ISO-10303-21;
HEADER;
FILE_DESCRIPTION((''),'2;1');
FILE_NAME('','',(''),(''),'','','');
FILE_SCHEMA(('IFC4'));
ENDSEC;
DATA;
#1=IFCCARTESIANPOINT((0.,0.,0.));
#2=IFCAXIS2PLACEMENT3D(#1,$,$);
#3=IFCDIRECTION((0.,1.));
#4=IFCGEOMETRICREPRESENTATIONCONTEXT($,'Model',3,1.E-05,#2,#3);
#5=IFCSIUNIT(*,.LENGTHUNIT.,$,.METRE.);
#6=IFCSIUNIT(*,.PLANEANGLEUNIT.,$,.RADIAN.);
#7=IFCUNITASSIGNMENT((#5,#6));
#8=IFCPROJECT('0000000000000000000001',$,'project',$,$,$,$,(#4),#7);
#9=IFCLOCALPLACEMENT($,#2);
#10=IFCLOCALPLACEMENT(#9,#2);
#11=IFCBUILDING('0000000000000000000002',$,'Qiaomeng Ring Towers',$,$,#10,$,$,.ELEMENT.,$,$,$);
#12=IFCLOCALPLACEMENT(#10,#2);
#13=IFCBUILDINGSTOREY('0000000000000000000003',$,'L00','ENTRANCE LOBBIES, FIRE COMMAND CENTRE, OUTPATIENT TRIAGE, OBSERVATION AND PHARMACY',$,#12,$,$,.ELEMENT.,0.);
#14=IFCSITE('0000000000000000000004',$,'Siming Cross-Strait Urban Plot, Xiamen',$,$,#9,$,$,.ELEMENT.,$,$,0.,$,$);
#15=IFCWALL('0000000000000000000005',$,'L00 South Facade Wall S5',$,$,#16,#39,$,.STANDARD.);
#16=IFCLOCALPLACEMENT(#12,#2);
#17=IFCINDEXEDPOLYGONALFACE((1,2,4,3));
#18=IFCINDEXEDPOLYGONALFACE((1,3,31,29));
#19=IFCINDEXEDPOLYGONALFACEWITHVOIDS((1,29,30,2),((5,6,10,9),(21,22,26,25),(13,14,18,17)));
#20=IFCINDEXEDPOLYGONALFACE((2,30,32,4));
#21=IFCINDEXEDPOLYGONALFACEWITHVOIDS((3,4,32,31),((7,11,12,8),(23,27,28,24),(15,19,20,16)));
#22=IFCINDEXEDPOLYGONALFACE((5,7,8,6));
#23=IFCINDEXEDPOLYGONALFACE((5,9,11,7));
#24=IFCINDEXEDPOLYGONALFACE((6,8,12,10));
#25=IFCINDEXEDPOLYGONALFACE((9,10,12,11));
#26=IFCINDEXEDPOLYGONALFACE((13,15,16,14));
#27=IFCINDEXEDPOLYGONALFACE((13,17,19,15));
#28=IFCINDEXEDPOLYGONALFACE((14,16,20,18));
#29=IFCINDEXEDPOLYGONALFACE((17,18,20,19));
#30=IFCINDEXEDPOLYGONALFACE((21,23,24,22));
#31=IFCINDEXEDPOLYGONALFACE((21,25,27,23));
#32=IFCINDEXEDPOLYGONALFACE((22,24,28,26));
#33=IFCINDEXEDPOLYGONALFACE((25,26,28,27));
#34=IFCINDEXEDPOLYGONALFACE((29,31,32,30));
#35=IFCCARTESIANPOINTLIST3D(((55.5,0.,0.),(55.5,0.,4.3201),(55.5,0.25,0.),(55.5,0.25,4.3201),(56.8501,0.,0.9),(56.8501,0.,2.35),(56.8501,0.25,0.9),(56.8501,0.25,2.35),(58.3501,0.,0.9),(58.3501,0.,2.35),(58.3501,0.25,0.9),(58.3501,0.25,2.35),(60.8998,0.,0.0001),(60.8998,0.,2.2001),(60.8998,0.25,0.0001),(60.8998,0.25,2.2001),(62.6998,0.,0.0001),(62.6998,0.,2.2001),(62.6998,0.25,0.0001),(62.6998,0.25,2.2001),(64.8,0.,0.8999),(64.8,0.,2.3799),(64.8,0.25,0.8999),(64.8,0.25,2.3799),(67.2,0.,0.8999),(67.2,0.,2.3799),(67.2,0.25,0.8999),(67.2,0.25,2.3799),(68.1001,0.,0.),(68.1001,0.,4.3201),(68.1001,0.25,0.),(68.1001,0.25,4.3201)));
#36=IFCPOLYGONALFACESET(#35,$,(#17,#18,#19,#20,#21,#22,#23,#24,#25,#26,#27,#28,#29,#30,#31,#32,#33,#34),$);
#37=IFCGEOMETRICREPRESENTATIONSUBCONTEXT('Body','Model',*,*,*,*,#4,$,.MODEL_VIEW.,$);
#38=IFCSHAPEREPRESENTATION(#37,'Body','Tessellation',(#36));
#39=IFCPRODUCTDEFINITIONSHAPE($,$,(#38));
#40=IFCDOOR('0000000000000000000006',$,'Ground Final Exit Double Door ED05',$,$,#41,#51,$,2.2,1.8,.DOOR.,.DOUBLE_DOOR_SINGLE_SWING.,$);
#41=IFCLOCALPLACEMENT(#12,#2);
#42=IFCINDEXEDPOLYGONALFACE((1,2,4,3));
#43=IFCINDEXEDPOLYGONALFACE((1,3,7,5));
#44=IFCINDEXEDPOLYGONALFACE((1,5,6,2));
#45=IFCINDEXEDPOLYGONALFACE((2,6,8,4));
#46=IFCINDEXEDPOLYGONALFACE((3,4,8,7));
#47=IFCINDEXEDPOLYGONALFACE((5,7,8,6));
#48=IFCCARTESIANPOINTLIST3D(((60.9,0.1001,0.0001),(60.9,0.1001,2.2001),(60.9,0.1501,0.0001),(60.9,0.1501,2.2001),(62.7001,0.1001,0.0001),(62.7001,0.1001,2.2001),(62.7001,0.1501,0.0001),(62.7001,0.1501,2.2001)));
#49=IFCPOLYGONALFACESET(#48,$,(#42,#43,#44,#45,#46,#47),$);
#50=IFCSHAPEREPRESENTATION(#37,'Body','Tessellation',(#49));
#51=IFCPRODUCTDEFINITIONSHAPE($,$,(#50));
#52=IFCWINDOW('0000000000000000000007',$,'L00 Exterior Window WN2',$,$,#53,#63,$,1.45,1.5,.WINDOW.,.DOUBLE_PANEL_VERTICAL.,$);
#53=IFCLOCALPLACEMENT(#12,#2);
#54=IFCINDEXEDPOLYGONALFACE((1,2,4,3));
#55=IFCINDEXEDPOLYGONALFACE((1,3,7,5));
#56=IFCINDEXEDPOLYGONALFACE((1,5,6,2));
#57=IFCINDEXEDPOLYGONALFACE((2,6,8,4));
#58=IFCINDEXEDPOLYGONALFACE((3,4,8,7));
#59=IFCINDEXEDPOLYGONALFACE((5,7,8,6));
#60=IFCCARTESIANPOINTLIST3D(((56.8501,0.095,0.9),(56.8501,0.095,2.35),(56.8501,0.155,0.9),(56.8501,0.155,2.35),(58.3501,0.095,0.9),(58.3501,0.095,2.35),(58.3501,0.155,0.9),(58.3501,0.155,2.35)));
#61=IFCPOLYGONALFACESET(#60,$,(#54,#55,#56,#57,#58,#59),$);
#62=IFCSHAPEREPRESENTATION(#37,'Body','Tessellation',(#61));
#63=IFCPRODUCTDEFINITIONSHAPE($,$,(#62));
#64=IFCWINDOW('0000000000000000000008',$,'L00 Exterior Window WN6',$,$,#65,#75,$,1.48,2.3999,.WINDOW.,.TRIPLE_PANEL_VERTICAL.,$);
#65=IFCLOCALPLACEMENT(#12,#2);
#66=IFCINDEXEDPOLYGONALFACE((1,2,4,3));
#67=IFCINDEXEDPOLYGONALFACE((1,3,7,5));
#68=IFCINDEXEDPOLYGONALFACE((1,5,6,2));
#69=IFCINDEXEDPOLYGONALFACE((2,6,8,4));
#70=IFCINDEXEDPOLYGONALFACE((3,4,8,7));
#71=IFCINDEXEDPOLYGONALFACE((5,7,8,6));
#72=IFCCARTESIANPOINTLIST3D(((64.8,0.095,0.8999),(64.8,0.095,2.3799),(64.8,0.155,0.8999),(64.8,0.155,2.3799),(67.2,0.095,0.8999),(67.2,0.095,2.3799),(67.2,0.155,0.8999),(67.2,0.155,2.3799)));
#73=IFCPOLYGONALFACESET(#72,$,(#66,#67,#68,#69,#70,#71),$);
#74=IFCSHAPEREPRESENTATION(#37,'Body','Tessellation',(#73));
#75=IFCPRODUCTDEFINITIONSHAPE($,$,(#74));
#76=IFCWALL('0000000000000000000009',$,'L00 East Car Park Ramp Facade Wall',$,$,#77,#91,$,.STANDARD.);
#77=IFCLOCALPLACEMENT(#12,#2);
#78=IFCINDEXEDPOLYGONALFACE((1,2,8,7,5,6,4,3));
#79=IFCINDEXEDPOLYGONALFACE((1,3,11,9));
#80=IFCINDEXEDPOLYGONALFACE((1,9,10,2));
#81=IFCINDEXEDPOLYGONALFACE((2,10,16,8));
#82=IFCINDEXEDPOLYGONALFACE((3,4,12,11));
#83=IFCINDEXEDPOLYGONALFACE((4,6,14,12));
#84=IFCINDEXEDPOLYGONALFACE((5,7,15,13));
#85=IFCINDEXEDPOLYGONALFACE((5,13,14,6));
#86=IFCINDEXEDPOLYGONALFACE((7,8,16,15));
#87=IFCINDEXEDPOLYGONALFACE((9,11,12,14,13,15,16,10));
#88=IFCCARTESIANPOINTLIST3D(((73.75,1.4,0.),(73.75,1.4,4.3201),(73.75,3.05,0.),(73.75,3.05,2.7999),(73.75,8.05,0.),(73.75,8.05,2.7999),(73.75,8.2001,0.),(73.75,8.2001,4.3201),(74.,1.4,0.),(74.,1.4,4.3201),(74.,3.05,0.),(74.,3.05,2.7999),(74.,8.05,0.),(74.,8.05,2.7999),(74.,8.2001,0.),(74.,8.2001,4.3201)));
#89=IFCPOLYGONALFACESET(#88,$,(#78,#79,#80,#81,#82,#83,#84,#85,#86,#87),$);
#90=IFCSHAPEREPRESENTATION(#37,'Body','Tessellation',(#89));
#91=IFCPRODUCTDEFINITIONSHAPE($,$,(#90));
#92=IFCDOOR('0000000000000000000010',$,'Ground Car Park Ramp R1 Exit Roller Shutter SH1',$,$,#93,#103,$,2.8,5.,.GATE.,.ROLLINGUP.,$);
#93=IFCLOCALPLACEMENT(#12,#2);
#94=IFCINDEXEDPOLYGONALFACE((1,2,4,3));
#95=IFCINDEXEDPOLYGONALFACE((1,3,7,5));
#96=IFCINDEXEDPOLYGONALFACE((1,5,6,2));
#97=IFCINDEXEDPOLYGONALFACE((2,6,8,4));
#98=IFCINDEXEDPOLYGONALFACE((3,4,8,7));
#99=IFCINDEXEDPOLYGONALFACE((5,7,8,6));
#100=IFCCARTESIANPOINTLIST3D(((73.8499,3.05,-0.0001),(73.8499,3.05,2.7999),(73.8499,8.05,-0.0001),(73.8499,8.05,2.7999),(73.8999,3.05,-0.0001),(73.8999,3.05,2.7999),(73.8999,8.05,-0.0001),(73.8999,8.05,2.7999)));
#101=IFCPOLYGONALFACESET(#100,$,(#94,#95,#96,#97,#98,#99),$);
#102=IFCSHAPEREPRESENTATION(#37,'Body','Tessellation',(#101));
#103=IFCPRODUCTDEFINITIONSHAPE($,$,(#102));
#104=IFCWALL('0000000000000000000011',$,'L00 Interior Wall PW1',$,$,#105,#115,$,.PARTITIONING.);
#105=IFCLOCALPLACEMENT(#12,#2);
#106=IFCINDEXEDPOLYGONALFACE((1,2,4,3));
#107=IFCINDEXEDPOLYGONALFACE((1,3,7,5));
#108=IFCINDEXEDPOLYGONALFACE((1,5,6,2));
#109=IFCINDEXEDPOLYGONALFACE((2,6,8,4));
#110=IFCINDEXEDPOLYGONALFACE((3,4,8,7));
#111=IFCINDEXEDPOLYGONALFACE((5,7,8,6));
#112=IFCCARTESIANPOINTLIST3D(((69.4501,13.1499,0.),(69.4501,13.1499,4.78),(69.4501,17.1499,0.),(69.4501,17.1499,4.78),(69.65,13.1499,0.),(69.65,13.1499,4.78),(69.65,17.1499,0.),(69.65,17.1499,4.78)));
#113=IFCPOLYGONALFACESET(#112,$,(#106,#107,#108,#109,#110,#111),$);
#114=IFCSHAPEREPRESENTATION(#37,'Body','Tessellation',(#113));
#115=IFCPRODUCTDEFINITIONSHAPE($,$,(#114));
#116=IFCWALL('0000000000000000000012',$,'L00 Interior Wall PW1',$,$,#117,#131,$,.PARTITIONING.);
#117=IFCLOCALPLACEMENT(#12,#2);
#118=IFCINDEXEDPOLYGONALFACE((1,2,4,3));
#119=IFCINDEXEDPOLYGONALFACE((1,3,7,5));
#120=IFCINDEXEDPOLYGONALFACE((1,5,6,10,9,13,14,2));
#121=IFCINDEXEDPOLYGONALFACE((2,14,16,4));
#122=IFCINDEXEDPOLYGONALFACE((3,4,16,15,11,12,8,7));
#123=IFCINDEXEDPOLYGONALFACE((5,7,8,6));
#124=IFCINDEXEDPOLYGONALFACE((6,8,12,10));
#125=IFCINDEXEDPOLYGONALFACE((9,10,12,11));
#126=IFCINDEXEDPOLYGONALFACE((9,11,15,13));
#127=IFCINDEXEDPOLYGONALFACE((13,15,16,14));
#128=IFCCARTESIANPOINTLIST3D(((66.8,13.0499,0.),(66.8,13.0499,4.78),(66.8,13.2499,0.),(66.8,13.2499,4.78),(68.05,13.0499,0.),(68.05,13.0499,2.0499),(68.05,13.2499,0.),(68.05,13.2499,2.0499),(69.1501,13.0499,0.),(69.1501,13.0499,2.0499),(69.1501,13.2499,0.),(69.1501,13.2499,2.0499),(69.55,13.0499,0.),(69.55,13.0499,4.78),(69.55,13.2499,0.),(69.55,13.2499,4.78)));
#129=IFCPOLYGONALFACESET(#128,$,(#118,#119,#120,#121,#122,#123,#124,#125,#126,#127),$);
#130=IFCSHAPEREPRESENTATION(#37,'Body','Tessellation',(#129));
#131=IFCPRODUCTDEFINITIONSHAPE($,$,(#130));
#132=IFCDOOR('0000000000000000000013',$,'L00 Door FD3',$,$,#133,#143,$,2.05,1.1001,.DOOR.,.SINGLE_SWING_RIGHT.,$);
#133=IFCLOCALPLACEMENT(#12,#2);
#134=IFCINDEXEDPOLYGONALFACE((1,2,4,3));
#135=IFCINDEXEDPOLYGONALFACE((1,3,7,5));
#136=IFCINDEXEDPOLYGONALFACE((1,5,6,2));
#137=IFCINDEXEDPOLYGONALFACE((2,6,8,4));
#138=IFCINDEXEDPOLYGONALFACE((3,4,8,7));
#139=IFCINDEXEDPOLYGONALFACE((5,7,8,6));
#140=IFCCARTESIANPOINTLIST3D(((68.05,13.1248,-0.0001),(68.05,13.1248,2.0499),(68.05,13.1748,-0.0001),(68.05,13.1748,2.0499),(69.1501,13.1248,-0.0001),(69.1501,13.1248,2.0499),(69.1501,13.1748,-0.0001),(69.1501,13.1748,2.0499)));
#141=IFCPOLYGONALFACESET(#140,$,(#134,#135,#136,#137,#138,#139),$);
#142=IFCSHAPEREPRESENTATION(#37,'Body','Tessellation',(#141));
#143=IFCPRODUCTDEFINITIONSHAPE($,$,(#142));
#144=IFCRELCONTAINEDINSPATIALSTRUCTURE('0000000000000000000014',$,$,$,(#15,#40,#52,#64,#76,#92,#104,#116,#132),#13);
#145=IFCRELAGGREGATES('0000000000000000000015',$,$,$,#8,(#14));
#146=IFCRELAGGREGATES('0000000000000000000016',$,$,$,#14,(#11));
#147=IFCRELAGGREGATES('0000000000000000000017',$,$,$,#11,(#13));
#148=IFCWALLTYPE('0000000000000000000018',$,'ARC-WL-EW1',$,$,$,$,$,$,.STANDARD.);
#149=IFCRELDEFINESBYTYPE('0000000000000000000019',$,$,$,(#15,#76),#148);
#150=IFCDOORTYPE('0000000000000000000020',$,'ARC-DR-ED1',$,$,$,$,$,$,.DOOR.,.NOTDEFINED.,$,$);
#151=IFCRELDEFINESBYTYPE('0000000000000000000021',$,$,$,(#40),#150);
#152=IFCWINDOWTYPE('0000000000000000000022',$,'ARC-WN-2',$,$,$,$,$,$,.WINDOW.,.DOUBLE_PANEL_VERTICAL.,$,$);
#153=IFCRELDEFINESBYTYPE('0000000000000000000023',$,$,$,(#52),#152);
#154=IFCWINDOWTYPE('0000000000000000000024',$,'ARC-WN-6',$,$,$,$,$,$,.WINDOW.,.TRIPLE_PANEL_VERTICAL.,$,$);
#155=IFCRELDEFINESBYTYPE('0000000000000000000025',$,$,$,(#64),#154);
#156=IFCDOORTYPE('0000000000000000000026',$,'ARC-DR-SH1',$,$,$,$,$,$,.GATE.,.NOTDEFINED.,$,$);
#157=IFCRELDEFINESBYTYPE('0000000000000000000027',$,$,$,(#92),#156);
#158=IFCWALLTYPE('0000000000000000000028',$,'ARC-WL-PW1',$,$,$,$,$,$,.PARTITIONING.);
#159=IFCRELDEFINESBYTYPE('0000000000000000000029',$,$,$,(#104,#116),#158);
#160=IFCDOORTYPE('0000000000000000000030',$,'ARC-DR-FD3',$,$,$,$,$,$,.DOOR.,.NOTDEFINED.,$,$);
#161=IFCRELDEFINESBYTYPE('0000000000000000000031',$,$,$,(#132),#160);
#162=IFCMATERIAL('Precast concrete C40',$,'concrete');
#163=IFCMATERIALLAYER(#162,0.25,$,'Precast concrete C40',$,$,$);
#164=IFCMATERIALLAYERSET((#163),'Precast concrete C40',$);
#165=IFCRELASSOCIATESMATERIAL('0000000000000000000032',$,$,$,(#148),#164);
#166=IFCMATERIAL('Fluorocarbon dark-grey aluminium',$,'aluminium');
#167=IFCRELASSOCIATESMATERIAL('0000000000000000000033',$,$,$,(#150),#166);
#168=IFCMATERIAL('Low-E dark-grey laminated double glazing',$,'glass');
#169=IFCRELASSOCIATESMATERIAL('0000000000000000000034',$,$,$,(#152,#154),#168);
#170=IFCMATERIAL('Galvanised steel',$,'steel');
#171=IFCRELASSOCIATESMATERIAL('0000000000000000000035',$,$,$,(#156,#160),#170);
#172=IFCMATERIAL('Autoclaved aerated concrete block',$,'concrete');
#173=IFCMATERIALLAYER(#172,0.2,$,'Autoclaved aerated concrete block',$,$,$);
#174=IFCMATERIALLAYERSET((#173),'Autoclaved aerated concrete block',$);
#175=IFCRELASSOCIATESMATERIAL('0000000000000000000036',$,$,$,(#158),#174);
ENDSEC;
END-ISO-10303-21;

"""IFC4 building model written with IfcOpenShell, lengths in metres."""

from ifc_helpers import new_model, si_unit, direction, frame, frame_2d, origin, place, context, subcontext, project, spatial, rectangle, extrude, source, transform, mapped, material, layer, layer_set, type_object, element, fill, save


model = new_model("IFC4")

# Units and contexts
model_context = context("Model", 3, precision=1e-05, world=origin(), true_north=direction((0.0, 1.0)))
body_context = subcontext(model_context, "Body", "Model", "MODEL_VIEW")
ifc_project = project(units=[si_unit("LENGTHUNIT", "METRE"), si_unit("PLANEANGLEUNIT", "RADIAN")], contexts=[model_context])

# Site, building, storey
site_placement = place(None, origin())
site = spatial("IfcSite", under=ifc_project, at=site_placement, Name="Siming Cross-Strait Urban Plot, Xiamen", CompositionType="ELEMENT", RefElevation=0.0)
building_placement = place(site_placement, origin())
building = spatial("IfcBuilding", under=site, at=building_placement, Name="Qiaomeng Ring Towers", CompositionType="ELEMENT")
storey_placement = place(building_placement, origin())
storey = spatial("IfcBuildingStorey", under=building, at=storey_placement, Name="L00", Description="ENTRANCE LOBBIES, FIRE COMMAND CENTRE, OUTPATIENT TRIAGE, OBSERVATION AND PHARMACY", CompositionType="ELEMENT", Elevation=0.0)

# Shared definitions
ifc_material_1 = material(Name="Fluorocarbon dark-grey aluminium", Category="aluminium")

# Wall, openings, door, windows
ifc_material_2 = material(Name="Precast concrete C40", Category="concrete")
ifc_layer_1 = layer(ifc_material_2, 0.25, Name="Precast concrete C40")
ifc_layer_set_1 = layer_set([ifc_layer_1], Name="Precast concrete C40")
wall_type_1 = type_object("IfcWallType", Name="ARC-WL-EW1", PredefinedType="STANDARD", material=ifc_layer_set_1)
wall_1_placement = place(storey_placement, frame((55.5, 0.125, 0.0), z_axis=(0.0, 0.0, 1.0), x_axis=(1.0, 0.0, 0.0)))
wall_1 = element("IfcWall", 1, at=wall_1_placement, inside=storey, type_object=wall_type_1, Name="L00 South Facade Wall S5", PredefinedType="STANDARD", context=body_context, shape_type="SweptSolid", body=[
    extrude(rectangle(XDim=12.6001, YDim=0.25, at=frame_2d((6.3, 0.0))), origin(), (0.0, 0.0, 1.0), 4.3201),
])
opening_1_placement = place(wall_1_placement, frame((5.3999, 0.0, 0.0)))
opening_1 = element("IfcOpeningElement", 2, at=opening_1_placement, cuts=wall_1, PredefinedType="OPENING", context=body_context, shape_type="SweptSolid", body=[
    extrude(rectangle(XDim=1.8, YDim=2.2, at=frame_2d((0.8999, 1.1001))), frame((0.0, 0.135, 0.0), z_axis=(0.0, -1.0, 0.0), x_axis=(1.0, 0.0, 0.0)), (0.0, 0.0, 1.0), 0.27),
])
opening_2_placement = place(wall_1_placement, frame((1.3501, 0.0, 0.8999)))
opening_2 = element("IfcOpeningElement", 3, at=opening_2_placement, cuts=wall_1, PredefinedType="OPENING", context=body_context, shape_type="SweptSolid", body=[
    extrude(rectangle(XDim=1.5, YDim=1.45, at=frame_2d((0.75, 0.7251))), frame((0.0, 0.135, 0.0), z_axis=(0.0, -1.0, 0.0), x_axis=(1.0, 0.0, 0.0)), (0.0, 0.0, 1.0), 0.27),
])
opening_3_placement = place(wall_1_placement, frame((9.3, 0.0, 0.8999)))
opening_3 = element("IfcOpeningElement", 4, at=opening_3_placement, cuts=wall_1, PredefinedType="OPENING", context=body_context, shape_type="SweptSolid", body=[
    extrude(rectangle(XDim=2.3999, YDim=1.48, at=frame_2d((1.2, 0.74))), frame((0.0, 0.135, 0.0), z_axis=(0.0, -1.0, 0.0), x_axis=(1.0, 0.0, 0.0)), (0.0, 0.0, 1.0), 0.27),
])
door_type_1 = type_object("IfcDoorType", Name="ARC-DR-ED1", OperationType="NOTDEFINED", PredefinedType="DOOR", material=ifc_material_1)
shared_shape_1 = source(origin(), body_context, "Body", "SweptSolid", [
    extrude(rectangle(XDim=1.8, YDim=2.2, at=frame_2d((0.8999, 1.1001))), frame((0.0, 0.0249, 0.0), z_axis=(0.0, -1.0, 0.0), x_axis=(1.0, 0.0, 0.0)), (0.0, 0.0, 1.0), 0.05),
])
door_1_placement = place(opening_1_placement, frame((1.8, 0.0, 0.0), z_axis=(0.0, 0.0, 1.0), x_axis=(-1.0, 0.0, 0.0)))
door_1 = element("IfcDoor", 5, at=door_1_placement, inside=storey, type_object=door_type_1, Name="Ground Final Exit Double Door ED05", OperationType="DOUBLE_DOOR_SINGLE_SWING", OverallHeight=2.2, OverallWidth=1.8, PredefinedType="DOOR", context=body_context, shape_type="MappedRepresentation", body=[
    mapped(shared_shape_1, transform((0.0, 0.0, 0.0), x_axis=(1.0, 0.0, 0.0), y_axis=(0.0, 1.0, 0.0), z_axis=(0.0, 0.0, 1.0), scale=1.0)),
])
fill(opening_1, door_1)
ifc_material_3 = material(Name="Low-E dark-grey laminated double glazing", Category="glass")
window_type_1 = type_object("IfcWindowType", Name="ARC-WN-2", PartitioningType="DOUBLE_PANEL_VERTICAL", PredefinedType="WINDOW", material=ifc_material_3)
shared_shape_2 = source(origin(), body_context, "Body", "SweptSolid", [
    extrude(rectangle(XDim=1.5, YDim=1.45, at=frame_2d((0.75, 0.7251))), frame((0.0, 0.03, 0.0), z_axis=(0.0, -1.0, 0.0), x_axis=(1.0, 0.0, 0.0)), (0.0, 0.0, 1.0), 0.0601),
])
window_1_placement = place(opening_2_placement, origin())
window_1 = element("IfcWindow", 6, at=window_1_placement, inside=storey, type_object=window_type_1, Name="L00 Exterior Window WN2", OverallHeight=1.45, OverallWidth=1.5, PartitioningType="DOUBLE_PANEL_VERTICAL", PredefinedType="WINDOW", context=body_context, shape_type="MappedRepresentation", body=[
    mapped(shared_shape_2, transform((0.0, 0.0, 0.0), x_axis=(1.0, 0.0, 0.0), y_axis=(0.0, 1.0, 0.0), z_axis=(0.0, 0.0, 1.0), scale=1.0)),
])
fill(opening_2, window_1)
window_type_2 = type_object("IfcWindowType", Name="ARC-WN-6", PartitioningType="TRIPLE_PANEL_VERTICAL", PredefinedType="WINDOW", material=ifc_material_3)
shared_shape_3 = source(origin(), body_context, "Body", "SweptSolid", [
    extrude(rectangle(XDim=2.3999, YDim=1.48, at=frame_2d((1.2, 0.74))), frame((0.0, 0.03, 0.0), z_axis=(0.0, -1.0, 0.0), x_axis=(1.0, 0.0, 0.0)), (0.0, 0.0, 1.0), 0.0601),
])
window_2_placement = place(opening_3_placement, origin())
window_2 = element("IfcWindow", 7, at=window_2_placement, inside=storey, type_object=window_type_2, Name="L00 Exterior Window WN6", OverallHeight=1.48, OverallWidth=2.3999, PartitioningType="TRIPLE_PANEL_VERTICAL", PredefinedType="WINDOW", context=body_context, shape_type="MappedRepresentation", body=[
    mapped(shared_shape_3, transform((0.0, 0.0, 0.0), x_axis=(1.0, 0.0, 0.0), y_axis=(0.0, 1.0, 0.0), z_axis=(0.0, 0.0, 1.0), scale=1.0)),
])
fill(opening_3, window_2)

# Wall, opening, door
wall_2_placement = place(storey_placement, frame((73.875, 8.2, 0.0), z_axis=(0.0, 0.0, 1.0), x_axis=(0.0, -1.0, 0.0)))
wall_2 = element("IfcWall", 8, at=wall_2_placement, inside=storey, type_object=wall_type_1, Name="L00 East Car Park Ramp Facade Wall", PredefinedType="STANDARD", context=body_context, shape_type="SweptSolid", body=[
    extrude(rectangle(XDim=6.8, YDim=0.25, at=frame_2d((3.3999, 0.0))), origin(), (0.0, 0.0, 1.0), 4.3201),
])
opening_4_placement = place(wall_2_placement, frame((0.1499, 0.0, 0.0)))
opening_4 = element("IfcOpeningElement", 9, at=opening_4_placement, cuts=wall_2, PredefinedType="OPENING", context=body_context, shape_type="SweptSolid", body=[
    extrude(rectangle(XDim=5.0, YDim=2.8, at=frame_2d((2.5, 1.3999))), frame((0.0, 0.135, 0.0), z_axis=(0.0, -1.0, 0.0), x_axis=(1.0, 0.0, 0.0)), (0.0, 0.0, 1.0), 0.27),
])
ifc_material_4 = material(Name="Galvanised steel", Category="steel")
door_type_2 = type_object("IfcDoorType", Name="ARC-DR-SH1", OperationType="NOTDEFINED", PredefinedType="GATE", material=ifc_material_4)
shared_shape_4 = source(origin(), body_context, "Body", "SweptSolid", [
    extrude(rectangle(XDim=5.0, YDim=2.8, at=frame_2d((2.5, 1.3999))), frame((0.0, 0.0249, 0.0), z_axis=(0.0, -1.0, 0.0), x_axis=(1.0, 0.0, 0.0)), (0.0, 0.0, 1.0), 0.05),
])
door_2_placement = place(opening_4_placement, origin())
door_2 = element("IfcDoor", 10, at=door_2_placement, inside=storey, type_object=door_type_2, Name="Ground Car Park Ramp R1 Exit Roller Shutter SH1", OperationType="ROLLINGUP", OverallHeight=2.8, OverallWidth=5.0, PredefinedType="GATE", context=body_context, shape_type="MappedRepresentation", body=[
    mapped(shared_shape_4, transform((0.0, 0.0, 0.0), x_axis=(1.0, 0.0, 0.0), y_axis=(0.0, 1.0, 0.0), z_axis=(0.0, 0.0, 1.0), scale=1.0)),
])
fill(opening_4, door_2)

# Wall
ifc_material_5 = material(Name="Autoclaved aerated concrete block", Category="concrete")
ifc_layer_2 = layer(ifc_material_5, 0.2, Name="Autoclaved aerated concrete block")
ifc_layer_set_2 = layer_set([ifc_layer_2], Name="Autoclaved aerated concrete block")
wall_type_2 = type_object("IfcWallType", Name="ARC-WL-PW1", PredefinedType="PARTITIONING", material=ifc_layer_set_2)
wall_3_placement = place(storey_placement, frame((69.55, 13.1499, 0.0), z_axis=(0.0, 0.0, 1.0), x_axis=(0.0, 1.0, 0.0)))
element("IfcWall", 11, at=wall_3_placement, inside=storey, type_object=wall_type_2, Name="L00 Interior Wall PW1", PredefinedType="PARTITIONING", context=body_context, shape_type="SweptSolid", body=[
    extrude(rectangle(XDim=4.0, YDim=0.2, at=frame_2d((2.0, 0.0))), origin(), (0.0, 0.0, 1.0), 4.78),
])

# Wall, opening, door
wall_4_placement = place(storey_placement, frame((66.8, 13.1499, 0.0), z_axis=(0.0, 0.0, 1.0), x_axis=(1.0, 0.0, 0.0)))
wall_4 = element("IfcWall", 12, at=wall_4_placement, inside=storey, type_object=wall_type_2, Name="L00 Interior Wall PW1", PredefinedType="PARTITIONING", context=body_context, shape_type="SweptSolid", body=[
    extrude(rectangle(XDim=2.75, YDim=0.2, at=frame_2d((1.375, 0.0))), origin(), (0.0, 0.0, 1.0), 4.78),
])
opening_5_placement = place(wall_4_placement, frame((1.25, 0.0, 0.0)))
opening_5 = element("IfcOpeningElement", 13, at=opening_5_placement, cuts=wall_4, PredefinedType="OPENING", context=body_context, shape_type="SweptSolid", body=[
    extrude(rectangle(XDim=1.1001, YDim=2.05, at=frame_2d((0.55, 1.0249))), frame((0.0, 0.1099, 0.0), z_axis=(0.0, -1.0, 0.0), x_axis=(1.0, 0.0, 0.0)), (0.0, 0.0, 1.0), 0.22),
])
door_type_3 = type_object("IfcDoorType", Name="ARC-DR-FD3", OperationType="NOTDEFINED", PredefinedType="DOOR", material=ifc_material_4)
shared_shape_5 = source(origin(), body_context, "Body", "SweptSolid", [
    extrude(rectangle(XDim=1.1001, YDim=2.05, at=frame_2d((0.55, 1.0249))), frame((0.0, 0.0249, 0.0), z_axis=(0.0, -1.0, 0.0), x_axis=(1.0, 0.0, 0.0)), (0.0, 0.0, 1.0), 0.05),
])
door_3_placement = place(opening_5_placement, origin())
door_3 = element("IfcDoor", 14, at=door_3_placement, inside=storey, type_object=door_type_3, Name="L00 Door FD3", OperationType="SINGLE_SWING_RIGHT", OverallHeight=2.05, OverallWidth=1.1001, PredefinedType="DOOR", context=body_context, shape_type="MappedRepresentation", body=[
    mapped(shared_shape_5, transform((0.0, 0.0, 0.0), x_axis=(1.0, 0.0, 0.0), y_axis=(0.0, 1.0, 0.0), z_axis=(0.0, 0.0, 1.0), scale=1.0)),
])
fill(opening_5, door_3)

save(model, "model.ifc")
